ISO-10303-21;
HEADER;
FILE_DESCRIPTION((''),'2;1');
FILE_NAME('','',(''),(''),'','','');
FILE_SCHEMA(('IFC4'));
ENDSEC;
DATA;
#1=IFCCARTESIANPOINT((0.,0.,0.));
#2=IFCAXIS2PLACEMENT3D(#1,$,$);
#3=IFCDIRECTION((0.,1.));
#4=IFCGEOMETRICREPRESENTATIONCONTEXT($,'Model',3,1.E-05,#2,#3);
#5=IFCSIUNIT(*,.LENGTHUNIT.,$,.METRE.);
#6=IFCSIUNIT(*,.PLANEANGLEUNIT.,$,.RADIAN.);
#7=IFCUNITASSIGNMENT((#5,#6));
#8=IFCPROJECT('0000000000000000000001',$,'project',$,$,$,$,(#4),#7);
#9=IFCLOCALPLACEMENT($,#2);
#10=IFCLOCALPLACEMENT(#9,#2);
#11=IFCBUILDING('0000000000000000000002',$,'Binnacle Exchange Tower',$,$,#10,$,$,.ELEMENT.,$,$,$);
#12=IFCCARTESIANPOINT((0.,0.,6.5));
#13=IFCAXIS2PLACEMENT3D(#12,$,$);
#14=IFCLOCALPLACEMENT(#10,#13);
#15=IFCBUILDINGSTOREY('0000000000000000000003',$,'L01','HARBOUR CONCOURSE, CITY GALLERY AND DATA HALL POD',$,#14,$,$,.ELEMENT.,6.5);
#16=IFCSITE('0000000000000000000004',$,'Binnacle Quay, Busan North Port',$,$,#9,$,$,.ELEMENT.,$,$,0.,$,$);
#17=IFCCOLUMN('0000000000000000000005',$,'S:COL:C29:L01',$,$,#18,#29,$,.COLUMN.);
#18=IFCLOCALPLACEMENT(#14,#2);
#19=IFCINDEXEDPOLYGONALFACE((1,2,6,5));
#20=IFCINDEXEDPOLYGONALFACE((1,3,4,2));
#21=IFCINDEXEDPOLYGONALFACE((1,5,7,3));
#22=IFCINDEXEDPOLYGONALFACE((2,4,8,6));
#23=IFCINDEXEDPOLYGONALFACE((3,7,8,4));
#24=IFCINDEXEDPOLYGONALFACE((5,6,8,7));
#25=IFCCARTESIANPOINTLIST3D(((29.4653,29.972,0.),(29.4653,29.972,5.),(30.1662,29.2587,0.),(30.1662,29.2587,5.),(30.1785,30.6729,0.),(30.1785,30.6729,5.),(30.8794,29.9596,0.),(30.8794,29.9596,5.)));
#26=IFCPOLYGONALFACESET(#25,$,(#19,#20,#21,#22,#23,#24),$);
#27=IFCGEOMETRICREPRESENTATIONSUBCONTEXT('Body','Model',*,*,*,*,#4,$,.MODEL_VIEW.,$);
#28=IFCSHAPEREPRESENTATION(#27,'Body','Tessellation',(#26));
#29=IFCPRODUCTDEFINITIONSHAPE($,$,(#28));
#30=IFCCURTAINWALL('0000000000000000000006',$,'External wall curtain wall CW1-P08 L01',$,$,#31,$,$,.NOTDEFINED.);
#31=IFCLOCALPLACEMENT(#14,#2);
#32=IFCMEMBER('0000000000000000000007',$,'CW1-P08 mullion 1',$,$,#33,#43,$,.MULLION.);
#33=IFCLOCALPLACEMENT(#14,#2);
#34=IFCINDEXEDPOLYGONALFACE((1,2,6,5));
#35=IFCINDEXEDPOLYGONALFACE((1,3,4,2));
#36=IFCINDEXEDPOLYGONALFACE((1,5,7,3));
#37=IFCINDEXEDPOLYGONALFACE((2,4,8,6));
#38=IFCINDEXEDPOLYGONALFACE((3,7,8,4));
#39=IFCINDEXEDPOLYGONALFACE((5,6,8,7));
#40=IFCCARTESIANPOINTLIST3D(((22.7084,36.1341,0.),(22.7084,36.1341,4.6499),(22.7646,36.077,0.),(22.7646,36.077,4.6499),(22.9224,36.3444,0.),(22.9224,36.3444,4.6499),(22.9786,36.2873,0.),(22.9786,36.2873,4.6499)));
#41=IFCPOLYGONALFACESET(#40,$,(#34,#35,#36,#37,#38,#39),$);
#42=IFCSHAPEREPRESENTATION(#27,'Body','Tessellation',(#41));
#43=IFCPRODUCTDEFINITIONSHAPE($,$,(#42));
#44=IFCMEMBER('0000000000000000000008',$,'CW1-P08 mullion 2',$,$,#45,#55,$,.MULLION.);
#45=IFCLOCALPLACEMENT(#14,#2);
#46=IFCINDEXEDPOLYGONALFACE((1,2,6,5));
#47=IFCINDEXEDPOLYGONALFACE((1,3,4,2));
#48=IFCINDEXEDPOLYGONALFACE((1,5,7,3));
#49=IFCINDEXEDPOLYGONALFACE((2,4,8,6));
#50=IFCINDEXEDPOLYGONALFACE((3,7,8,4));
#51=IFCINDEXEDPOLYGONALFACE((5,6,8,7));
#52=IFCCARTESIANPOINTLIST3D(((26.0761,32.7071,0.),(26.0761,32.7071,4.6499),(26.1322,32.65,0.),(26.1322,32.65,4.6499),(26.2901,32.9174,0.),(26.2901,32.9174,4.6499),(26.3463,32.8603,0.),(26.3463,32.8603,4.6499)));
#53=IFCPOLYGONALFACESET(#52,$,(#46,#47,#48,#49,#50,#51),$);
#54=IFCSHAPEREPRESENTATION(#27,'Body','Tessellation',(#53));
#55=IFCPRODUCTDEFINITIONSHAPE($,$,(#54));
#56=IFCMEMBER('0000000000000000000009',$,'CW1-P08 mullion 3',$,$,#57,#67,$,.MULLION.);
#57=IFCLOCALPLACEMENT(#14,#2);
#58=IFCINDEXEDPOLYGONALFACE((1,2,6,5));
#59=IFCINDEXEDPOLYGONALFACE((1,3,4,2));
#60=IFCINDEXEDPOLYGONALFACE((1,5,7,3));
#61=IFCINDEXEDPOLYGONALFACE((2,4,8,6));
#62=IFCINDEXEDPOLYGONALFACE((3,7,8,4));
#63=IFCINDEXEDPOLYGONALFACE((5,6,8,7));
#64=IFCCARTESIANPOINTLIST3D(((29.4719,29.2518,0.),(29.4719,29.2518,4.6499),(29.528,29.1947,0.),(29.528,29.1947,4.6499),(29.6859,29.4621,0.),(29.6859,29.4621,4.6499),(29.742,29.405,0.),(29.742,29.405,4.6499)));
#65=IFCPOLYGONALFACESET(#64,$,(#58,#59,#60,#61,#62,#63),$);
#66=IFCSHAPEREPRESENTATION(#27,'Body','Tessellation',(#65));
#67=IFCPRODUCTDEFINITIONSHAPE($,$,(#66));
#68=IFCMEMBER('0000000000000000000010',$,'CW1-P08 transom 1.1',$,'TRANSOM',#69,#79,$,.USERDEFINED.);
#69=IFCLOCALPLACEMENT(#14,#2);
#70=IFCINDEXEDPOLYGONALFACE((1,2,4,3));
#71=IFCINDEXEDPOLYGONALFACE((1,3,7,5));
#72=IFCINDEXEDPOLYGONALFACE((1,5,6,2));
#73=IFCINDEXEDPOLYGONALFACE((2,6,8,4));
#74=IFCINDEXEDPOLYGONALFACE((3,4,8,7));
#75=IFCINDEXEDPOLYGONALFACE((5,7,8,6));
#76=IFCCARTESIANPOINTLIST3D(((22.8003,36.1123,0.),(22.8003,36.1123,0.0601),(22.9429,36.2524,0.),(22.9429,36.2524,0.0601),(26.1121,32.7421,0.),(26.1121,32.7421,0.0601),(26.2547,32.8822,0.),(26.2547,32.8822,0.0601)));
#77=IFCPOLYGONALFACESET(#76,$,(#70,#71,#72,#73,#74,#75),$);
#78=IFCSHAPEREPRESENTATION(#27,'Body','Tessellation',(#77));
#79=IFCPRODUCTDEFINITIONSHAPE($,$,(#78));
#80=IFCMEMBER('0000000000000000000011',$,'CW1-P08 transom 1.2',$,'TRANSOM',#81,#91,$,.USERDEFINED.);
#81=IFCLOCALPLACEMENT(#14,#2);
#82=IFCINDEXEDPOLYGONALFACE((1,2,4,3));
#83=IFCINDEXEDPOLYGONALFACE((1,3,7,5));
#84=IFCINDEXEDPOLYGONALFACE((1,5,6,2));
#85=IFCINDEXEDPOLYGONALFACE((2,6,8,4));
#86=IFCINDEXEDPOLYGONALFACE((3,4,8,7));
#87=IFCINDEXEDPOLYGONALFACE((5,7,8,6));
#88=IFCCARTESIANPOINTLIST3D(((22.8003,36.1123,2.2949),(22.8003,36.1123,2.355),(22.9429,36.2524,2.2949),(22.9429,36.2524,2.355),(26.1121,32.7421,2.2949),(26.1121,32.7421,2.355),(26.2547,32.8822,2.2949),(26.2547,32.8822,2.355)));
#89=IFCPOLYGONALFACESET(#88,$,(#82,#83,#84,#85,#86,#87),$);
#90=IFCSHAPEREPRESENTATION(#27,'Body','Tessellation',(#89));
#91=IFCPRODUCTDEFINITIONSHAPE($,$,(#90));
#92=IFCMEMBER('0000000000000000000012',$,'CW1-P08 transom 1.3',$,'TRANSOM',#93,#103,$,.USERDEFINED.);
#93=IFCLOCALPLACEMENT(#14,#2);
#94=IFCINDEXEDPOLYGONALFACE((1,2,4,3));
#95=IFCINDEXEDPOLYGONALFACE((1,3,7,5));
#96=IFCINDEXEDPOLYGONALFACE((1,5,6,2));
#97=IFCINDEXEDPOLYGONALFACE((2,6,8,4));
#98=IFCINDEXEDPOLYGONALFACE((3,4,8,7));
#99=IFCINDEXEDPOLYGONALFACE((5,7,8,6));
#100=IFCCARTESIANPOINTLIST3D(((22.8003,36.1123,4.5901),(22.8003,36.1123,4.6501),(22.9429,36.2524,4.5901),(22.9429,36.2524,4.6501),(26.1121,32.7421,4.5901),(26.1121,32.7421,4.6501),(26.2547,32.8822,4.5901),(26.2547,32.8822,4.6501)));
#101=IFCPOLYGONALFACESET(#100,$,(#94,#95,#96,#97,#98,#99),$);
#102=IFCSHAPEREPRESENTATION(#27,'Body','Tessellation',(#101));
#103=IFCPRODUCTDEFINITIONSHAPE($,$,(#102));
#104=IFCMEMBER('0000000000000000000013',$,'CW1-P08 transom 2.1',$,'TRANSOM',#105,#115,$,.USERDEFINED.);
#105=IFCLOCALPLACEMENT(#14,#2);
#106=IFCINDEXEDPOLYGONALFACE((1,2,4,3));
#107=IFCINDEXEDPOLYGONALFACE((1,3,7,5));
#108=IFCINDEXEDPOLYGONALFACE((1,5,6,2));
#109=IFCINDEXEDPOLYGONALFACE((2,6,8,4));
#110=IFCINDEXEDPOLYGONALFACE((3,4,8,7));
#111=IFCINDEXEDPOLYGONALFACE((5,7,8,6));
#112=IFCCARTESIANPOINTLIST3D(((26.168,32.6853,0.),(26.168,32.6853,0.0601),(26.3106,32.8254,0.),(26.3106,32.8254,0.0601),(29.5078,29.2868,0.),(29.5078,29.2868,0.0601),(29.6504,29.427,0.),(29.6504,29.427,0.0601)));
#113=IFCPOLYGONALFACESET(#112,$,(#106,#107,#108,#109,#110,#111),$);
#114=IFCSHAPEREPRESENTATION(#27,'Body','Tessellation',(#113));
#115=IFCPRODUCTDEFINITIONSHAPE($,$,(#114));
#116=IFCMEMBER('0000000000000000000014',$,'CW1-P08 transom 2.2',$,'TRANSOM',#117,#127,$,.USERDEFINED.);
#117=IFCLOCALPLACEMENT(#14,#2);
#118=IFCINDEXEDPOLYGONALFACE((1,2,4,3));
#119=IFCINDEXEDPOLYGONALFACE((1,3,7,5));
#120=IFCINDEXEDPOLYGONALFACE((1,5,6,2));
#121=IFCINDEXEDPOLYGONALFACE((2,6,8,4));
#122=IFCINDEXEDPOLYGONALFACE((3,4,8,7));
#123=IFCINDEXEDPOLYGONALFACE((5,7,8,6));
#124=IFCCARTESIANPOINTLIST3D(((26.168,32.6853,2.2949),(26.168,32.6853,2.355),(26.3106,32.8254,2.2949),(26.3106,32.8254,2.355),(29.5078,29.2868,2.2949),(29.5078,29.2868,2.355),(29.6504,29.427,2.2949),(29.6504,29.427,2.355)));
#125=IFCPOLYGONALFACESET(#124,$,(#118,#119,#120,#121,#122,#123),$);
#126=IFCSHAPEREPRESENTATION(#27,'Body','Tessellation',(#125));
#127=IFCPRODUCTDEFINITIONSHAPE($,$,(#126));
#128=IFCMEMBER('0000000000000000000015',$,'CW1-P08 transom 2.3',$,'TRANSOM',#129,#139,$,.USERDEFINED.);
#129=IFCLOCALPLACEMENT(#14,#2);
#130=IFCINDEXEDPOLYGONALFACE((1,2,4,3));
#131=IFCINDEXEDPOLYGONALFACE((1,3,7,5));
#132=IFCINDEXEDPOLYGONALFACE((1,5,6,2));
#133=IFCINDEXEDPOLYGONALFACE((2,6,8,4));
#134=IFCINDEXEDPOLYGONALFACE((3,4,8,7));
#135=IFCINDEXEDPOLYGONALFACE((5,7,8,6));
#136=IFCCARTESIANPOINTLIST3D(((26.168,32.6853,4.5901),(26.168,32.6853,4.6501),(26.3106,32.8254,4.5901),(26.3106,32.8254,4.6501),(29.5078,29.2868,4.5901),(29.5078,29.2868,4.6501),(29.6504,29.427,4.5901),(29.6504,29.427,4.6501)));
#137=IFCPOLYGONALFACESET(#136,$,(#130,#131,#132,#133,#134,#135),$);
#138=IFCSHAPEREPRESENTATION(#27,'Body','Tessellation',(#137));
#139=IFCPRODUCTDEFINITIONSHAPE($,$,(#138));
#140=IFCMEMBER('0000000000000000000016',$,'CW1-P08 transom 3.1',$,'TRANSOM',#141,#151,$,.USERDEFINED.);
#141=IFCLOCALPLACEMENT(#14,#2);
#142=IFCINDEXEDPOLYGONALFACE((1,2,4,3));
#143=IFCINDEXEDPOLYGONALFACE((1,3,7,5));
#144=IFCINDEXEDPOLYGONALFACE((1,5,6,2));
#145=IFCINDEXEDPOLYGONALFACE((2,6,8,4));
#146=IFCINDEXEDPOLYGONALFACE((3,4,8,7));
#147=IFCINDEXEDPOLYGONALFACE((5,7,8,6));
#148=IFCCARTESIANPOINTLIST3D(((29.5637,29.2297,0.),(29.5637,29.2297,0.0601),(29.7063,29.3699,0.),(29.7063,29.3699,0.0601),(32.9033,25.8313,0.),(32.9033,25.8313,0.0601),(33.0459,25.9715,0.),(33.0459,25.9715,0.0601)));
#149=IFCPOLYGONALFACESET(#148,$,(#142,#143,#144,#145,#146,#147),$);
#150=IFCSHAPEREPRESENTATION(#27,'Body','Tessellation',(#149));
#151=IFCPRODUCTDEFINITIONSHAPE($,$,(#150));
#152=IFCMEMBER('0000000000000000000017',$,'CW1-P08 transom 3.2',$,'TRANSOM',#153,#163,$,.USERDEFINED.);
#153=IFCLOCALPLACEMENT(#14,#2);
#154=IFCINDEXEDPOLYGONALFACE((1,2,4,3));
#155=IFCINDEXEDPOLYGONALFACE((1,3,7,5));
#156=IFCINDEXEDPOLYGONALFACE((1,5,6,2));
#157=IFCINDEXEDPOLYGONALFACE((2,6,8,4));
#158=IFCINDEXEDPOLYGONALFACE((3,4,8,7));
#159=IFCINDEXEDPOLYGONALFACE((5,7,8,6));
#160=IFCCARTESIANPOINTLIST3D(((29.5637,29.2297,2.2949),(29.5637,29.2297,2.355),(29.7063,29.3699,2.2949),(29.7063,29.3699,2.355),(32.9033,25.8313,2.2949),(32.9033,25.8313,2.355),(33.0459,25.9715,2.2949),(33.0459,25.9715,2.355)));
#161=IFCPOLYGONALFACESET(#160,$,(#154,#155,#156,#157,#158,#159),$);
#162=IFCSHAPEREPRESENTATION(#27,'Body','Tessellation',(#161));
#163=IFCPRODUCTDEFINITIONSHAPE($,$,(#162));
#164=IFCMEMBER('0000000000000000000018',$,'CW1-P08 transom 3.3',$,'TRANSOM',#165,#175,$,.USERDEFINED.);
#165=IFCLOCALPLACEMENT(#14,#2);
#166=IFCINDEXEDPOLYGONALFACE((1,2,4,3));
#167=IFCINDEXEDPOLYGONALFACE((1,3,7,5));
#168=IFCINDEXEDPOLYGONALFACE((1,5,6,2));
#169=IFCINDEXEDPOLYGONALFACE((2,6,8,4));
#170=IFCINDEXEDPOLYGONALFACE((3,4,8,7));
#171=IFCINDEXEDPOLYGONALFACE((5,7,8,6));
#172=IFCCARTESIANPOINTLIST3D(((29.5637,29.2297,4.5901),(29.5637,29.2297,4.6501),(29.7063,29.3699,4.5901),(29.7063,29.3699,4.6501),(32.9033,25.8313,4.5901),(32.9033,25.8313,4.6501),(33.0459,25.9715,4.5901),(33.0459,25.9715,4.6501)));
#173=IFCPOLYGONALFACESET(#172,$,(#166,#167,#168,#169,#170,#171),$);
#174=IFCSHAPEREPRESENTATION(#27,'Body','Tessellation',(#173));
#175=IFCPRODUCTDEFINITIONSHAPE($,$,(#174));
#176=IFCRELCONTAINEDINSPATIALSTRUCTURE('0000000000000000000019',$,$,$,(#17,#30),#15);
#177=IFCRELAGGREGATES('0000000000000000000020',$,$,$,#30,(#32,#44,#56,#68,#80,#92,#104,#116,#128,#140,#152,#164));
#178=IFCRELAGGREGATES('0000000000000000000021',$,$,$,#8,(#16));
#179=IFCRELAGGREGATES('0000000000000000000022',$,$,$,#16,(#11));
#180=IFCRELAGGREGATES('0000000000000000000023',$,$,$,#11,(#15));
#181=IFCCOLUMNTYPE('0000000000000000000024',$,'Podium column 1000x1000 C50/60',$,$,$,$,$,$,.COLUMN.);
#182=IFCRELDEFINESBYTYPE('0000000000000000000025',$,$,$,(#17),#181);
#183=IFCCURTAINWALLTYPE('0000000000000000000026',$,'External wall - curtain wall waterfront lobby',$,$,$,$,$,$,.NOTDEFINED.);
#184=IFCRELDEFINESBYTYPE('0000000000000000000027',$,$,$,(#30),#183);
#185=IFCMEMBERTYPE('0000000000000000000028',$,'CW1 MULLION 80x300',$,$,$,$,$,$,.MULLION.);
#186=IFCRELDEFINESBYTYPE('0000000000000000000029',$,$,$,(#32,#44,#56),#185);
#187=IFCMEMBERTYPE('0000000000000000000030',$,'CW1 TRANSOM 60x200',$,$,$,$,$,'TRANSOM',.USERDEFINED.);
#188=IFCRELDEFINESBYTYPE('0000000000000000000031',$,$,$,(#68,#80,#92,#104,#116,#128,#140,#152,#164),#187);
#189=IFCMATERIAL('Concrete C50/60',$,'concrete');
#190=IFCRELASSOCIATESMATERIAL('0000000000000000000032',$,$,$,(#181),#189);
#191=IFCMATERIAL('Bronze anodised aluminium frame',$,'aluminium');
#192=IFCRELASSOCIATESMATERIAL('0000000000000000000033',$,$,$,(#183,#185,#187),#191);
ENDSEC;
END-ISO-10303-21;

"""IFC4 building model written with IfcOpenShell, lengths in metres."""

from ifc_helpers import new_model, si_unit, direction, frame, origin, origin_2d, place, context, subcontext, project, spatial, rectangle, extrude, material, material_profile, profile_set, type_object, element, aggregate, save


model = new_model("IFC4")

# Units and contexts
model_context = context("Model", 3, precision=1e-05, world=origin(), true_north=direction((0.0, 1.0)))
body_context = subcontext(model_context, "Body", "Model", "MODEL_VIEW")
ifc_project = project(units=[si_unit("LENGTHUNIT", "METRE"), si_unit("PLANEANGLEUNIT", "RADIAN")], contexts=[model_context])

# Site, building, storey
site_placement = place(None, origin())
site = spatial("IfcSite", under=ifc_project, at=site_placement, Name="Binnacle Quay, Busan North Port", CompositionType="ELEMENT", RefElevation=0.0)
building_placement = place(site_placement, origin())
building = spatial("IfcBuilding", under=site, at=building_placement, Name="Binnacle Exchange Tower", CompositionType="ELEMENT")
storey_placement = place(building_placement, frame((0.0, 0.0, 6.5)))
storey = spatial("IfcBuildingStorey", under=building, at=storey_placement, Name="L01", Description="HARBOUR CONCOURSE, CITY GALLERY AND DATA HALL POD", CompositionType="ELEMENT", Elevation=6.5)

# Column
ifc_material_1 = material(Name="Concrete C50/60", Category="concrete")
ifc_material_profile_1 = material_profile(ifc_material_1, rectangle(XDim=1.0, YDim=1.0, at=origin_2d()), Name="Podium column 1000x1000 C50/60")
ifc_profile_set_1 = profile_set([ifc_material_profile_1], Name="Concrete C50/60")
column_type = type_object("IfcColumnType", Name="Podium column 1000x1000 C50/60", PredefinedType="COLUMN", material=ifc_profile_set_1)
column_placement = place(storey_placement, frame((30.1724, 29.9658, 0.0), z_axis=(0.0, 0.0, 1.0), x_axis=(0.700909, -0.71325, 0.0)))
element("IfcColumn", 1, at=column_placement, inside=storey, type_object=column_type, Name="S:COL:C29:L01", PredefinedType="COLUMN", context=body_context, shape_type="SweptSolid", body=[
    extrude(rectangle(XDim=1.0, YDim=1.0, at=origin_2d()), origin(), (0.0, 0.0, 1.0), 5.0),
])

# Curtain wall, members
ifc_material_2 = material(Name="Bronze anodised aluminium frame", Category="aluminium")
curtain_wall_type = type_object("IfcCurtainWallType", Name="External wall - curtain wall waterfront lobby", PredefinedType="NOTDEFINED", material=ifc_material_2)
curtain_wall_placement = place(storey_placement, origin())
curtain_wall = element("IfcCurtainWall", 2, at=curtain_wall_placement, inside=storey, type_object=curtain_wall_type, Name="External wall curtain wall CW1-P08 L01", PredefinedType="NOTDEFINED")
ifc_material_profile_2 = material_profile(ifc_material_2, rectangle(XDim=0.3, YDim=0.0801, at=origin_2d()), Name="AL 80x300")
ifc_profile_set_2 = profile_set([ifc_material_profile_2], Name="Bronze anodised aluminium frame")
member_type_1 = type_object("IfcMemberType", Name="CW1 MULLION 80x300", PredefinedType="MULLION", material=ifc_profile_set_2)
member_1_placement = place(storey_placement, frame((22.8435, 36.2107, 0.0), z_axis=(0.0, 0.0, 1.0), x_axis=(0.71325, 0.700909, 0.0)))
member_1 = element("IfcMember", 3, at=member_1_placement, type_object=member_type_1, Name="CW1-P08 mullion 1", PredefinedType="MULLION", context=body_context, shape_type="SweptSolid", body=[
    extrude(rectangle(XDim=0.3, YDim=0.0801, at=origin_2d()), origin(), (0.0, 0.0, 1.0), 4.6499),
])
member_2_placement = place(storey_placement, frame((26.2112, 32.7837, 0.0), z_axis=(0.0, 0.0, 1.0), x_axis=(0.71325, 0.700909, 0.0)))
member_2 = element("IfcMember", 4, at=member_2_placement, type_object=member_type_1, Name="CW1-P08 mullion 2", PredefinedType="MULLION", context=body_context, shape_type="SweptSolid", body=[
    extrude(rectangle(XDim=0.3, YDim=0.0801, at=origin_2d()), origin(), (0.0, 0.0, 1.0), 4.6499),
])
member_3_placement = place(storey_placement, frame((29.6069, 29.3284, 0.0), z_axis=(0.0, 0.0, 1.0), x_axis=(0.71325, 0.700909, 0.0)))
member_3 = element("IfcMember", 5, at=member_3_placement, type_object=member_type_1, Name="CW1-P08 mullion 3", PredefinedType="MULLION", context=body_context, shape_type="SweptSolid", body=[
    extrude(rectangle(XDim=0.3, YDim=0.0801, at=origin_2d()), origin(), (0.0, 0.0, 1.0), 4.6499),
])
ifc_material_profile_3 = material_profile(ifc_material_2, rectangle(XDim=0.2, YDim=0.0601, at=origin_2d()), Name="AL 200x60")
ifc_profile_set_3 = profile_set([ifc_material_profile_3], Name="Bronze anodised aluminium frame")
member_type_2 = type_object("IfcMemberType", Name="CW1 TRANSOM 60x200", ElementType="TRANSOM", PredefinedType="USERDEFINED", material=ifc_profile_set_3)
member_4_placement = place(storey_placement, frame((22.8716, 36.1824, 0.03), z_axis=(0.700905, -0.713254, 0.0), x_axis=(0.713254, 0.700905, 0.0)))
member_4 = element("IfcMember", 6, at=member_4_placement, type_object=member_type_2, Name="CW1-P08 transom 1.1", ObjectType="TRANSOM", PredefinedType="USERDEFINED", context=body_context, shape_type="SweptSolid", body=[
    extrude(rectangle(XDim=0.2, YDim=0.0601, at=origin_2d()), origin(), (0.0, 0.0, 1.0), 4.7251),
])
member_5_placement = place(storey_placement, frame((22.8716, 36.1824, 2.325), z_axis=(0.700905, -0.713254, 0.0), x_axis=(0.713254, 0.700905, 0.0)))
member_5 = element("IfcMember", 7, at=member_5_placement, type_object=member_type_2, Name="CW1-P08 transom 1.2", ObjectType="TRANSOM", PredefinedType="USERDEFINED", context=body_context, shape_type="SweptSolid", body=[
    extrude(rectangle(XDim=0.2, YDim=0.0601, at=origin_2d()), origin(), (0.0, 0.0, 1.0), 4.7251),
])
member_6_placement = place(storey_placement, frame((22.8716, 36.1824, 4.6201), z_axis=(0.700905, -0.713254, 0.0), x_axis=(0.713254, 0.700905, 0.0)))
member_6 = element("IfcMember", 8, at=member_6_placement, type_object=member_type_2, Name="CW1-P08 transom 1.3", ObjectType="TRANSOM", PredefinedType="USERDEFINED", context=body_context, shape_type="SweptSolid", body=[
    extrude(rectangle(XDim=0.2, YDim=0.0601, at=origin_2d()), origin(), (0.0, 0.0, 1.0), 4.7251),
])
member_7_placement = place(storey_placement, frame((26.2393, 32.7554, 0.03), z_axis=(0.700932, -0.713229, 0.0), x_axis=(0.713229, 0.700932, 0.0)))
member_7 = element("IfcMember", 9, at=member_7_placement, type_object=member_type_2, Name="CW1-P08 transom 2.1", ObjectType="TRANSOM", PredefinedType="USERDEFINED", context=body_context, shape_type="SweptSolid", body=[
    extrude(rectangle(XDim=0.2, YDim=0.0601, at=origin_2d()), origin(), (0.0, 0.0, 1.0), 4.7649),
])
member_8_placement = place(storey_placement, frame((26.2393, 32.7554, 2.325), z_axis=(0.700932, -0.713229, 0.0), x_axis=(0.713229, 0.700932, 0.0)))
member_8 = element("IfcMember", 10, at=member_8_placement, type_object=member_type_2, Name="CW1-P08 transom 2.2", ObjectType="TRANSOM", PredefinedType="USERDEFINED", context=body_context, shape_type="SweptSolid", body=[
    extrude(rectangle(XDim=0.2, YDim=0.0601, at=origin_2d()), origin(), (0.0, 0.0, 1.0), 4.7649),
])
member_9_placement = place(storey_placement, frame((26.2393, 32.7554, 4.6201), z_axis=(0.700932, -0.713229, 0.0), x_axis=(0.713229, 0.700932, 0.0)))
member_9 = element("IfcMember", 11, at=member_9_placement, type_object=member_type_2, Name="CW1-P08 transom 2.3", ObjectType="TRANSOM", PredefinedType="USERDEFINED", context=body_context, shape_type="SweptSolid", body=[
    extrude(rectangle(XDim=0.2, YDim=0.0601, at=origin_2d()), origin(), (0.0, 0.0, 1.0), 4.7649),
])
member_10_placement = place(storey_placement, frame((29.635, 29.2998, 0.03), z_axis=(0.700905, -0.713254, 0.0), x_axis=(0.713254, 0.700905, 0.0)))
member_10 = element("IfcMember", 12, at=member_10_placement, type_object=member_type_2, Name="CW1-P08 transom 3.1", ObjectType="TRANSOM", PredefinedType="USERDEFINED", context=body_context, shape_type="SweptSolid", body=[
    extrude(rectangle(XDim=0.2, YDim=0.0601, at=origin_2d()), origin(), (0.0, 0.0, 1.0), 4.7646),
])
member_11_placement = place(storey_placement, frame((29.635, 29.2998, 2.325), z_axis=(0.700905, -0.713254, 0.0), x_axis=(0.713254, 0.700905, 0.0)))
member_11 = element("IfcMember", 13, at=member_11_placement, type_object=member_type_2, Name="CW1-P08 transom 3.2", ObjectType="TRANSOM", PredefinedType="USERDEFINED", context=body_context, shape_type="SweptSolid", body=[
    extrude(rectangle(XDim=0.2, YDim=0.0601, at=origin_2d()), origin(), (0.0, 0.0, 1.0), 4.7646),
])
member_12_placement = place(storey_placement, frame((29.635, 29.2998, 4.6201), z_axis=(0.700905, -0.713254, 0.0), x_axis=(0.713254, 0.700905, 0.0)))
member_12 = element("IfcMember", 14, at=member_12_placement, type_object=member_type_2, Name="CW1-P08 transom 3.3", ObjectType="TRANSOM", PredefinedType="USERDEFINED", context=body_context, shape_type="SweptSolid", body=[
    extrude(rectangle(XDim=0.2, YDim=0.0601, at=origin_2d()), origin(), (0.0, 0.0, 1.0), 4.7646),
])

aggregate(curtain_wall, [member_1, member_2, member_3, member_4, member_5, member_6, member_7, member_8, member_9, member_10, member_11, member_12])

save(model, "model.ifc")
